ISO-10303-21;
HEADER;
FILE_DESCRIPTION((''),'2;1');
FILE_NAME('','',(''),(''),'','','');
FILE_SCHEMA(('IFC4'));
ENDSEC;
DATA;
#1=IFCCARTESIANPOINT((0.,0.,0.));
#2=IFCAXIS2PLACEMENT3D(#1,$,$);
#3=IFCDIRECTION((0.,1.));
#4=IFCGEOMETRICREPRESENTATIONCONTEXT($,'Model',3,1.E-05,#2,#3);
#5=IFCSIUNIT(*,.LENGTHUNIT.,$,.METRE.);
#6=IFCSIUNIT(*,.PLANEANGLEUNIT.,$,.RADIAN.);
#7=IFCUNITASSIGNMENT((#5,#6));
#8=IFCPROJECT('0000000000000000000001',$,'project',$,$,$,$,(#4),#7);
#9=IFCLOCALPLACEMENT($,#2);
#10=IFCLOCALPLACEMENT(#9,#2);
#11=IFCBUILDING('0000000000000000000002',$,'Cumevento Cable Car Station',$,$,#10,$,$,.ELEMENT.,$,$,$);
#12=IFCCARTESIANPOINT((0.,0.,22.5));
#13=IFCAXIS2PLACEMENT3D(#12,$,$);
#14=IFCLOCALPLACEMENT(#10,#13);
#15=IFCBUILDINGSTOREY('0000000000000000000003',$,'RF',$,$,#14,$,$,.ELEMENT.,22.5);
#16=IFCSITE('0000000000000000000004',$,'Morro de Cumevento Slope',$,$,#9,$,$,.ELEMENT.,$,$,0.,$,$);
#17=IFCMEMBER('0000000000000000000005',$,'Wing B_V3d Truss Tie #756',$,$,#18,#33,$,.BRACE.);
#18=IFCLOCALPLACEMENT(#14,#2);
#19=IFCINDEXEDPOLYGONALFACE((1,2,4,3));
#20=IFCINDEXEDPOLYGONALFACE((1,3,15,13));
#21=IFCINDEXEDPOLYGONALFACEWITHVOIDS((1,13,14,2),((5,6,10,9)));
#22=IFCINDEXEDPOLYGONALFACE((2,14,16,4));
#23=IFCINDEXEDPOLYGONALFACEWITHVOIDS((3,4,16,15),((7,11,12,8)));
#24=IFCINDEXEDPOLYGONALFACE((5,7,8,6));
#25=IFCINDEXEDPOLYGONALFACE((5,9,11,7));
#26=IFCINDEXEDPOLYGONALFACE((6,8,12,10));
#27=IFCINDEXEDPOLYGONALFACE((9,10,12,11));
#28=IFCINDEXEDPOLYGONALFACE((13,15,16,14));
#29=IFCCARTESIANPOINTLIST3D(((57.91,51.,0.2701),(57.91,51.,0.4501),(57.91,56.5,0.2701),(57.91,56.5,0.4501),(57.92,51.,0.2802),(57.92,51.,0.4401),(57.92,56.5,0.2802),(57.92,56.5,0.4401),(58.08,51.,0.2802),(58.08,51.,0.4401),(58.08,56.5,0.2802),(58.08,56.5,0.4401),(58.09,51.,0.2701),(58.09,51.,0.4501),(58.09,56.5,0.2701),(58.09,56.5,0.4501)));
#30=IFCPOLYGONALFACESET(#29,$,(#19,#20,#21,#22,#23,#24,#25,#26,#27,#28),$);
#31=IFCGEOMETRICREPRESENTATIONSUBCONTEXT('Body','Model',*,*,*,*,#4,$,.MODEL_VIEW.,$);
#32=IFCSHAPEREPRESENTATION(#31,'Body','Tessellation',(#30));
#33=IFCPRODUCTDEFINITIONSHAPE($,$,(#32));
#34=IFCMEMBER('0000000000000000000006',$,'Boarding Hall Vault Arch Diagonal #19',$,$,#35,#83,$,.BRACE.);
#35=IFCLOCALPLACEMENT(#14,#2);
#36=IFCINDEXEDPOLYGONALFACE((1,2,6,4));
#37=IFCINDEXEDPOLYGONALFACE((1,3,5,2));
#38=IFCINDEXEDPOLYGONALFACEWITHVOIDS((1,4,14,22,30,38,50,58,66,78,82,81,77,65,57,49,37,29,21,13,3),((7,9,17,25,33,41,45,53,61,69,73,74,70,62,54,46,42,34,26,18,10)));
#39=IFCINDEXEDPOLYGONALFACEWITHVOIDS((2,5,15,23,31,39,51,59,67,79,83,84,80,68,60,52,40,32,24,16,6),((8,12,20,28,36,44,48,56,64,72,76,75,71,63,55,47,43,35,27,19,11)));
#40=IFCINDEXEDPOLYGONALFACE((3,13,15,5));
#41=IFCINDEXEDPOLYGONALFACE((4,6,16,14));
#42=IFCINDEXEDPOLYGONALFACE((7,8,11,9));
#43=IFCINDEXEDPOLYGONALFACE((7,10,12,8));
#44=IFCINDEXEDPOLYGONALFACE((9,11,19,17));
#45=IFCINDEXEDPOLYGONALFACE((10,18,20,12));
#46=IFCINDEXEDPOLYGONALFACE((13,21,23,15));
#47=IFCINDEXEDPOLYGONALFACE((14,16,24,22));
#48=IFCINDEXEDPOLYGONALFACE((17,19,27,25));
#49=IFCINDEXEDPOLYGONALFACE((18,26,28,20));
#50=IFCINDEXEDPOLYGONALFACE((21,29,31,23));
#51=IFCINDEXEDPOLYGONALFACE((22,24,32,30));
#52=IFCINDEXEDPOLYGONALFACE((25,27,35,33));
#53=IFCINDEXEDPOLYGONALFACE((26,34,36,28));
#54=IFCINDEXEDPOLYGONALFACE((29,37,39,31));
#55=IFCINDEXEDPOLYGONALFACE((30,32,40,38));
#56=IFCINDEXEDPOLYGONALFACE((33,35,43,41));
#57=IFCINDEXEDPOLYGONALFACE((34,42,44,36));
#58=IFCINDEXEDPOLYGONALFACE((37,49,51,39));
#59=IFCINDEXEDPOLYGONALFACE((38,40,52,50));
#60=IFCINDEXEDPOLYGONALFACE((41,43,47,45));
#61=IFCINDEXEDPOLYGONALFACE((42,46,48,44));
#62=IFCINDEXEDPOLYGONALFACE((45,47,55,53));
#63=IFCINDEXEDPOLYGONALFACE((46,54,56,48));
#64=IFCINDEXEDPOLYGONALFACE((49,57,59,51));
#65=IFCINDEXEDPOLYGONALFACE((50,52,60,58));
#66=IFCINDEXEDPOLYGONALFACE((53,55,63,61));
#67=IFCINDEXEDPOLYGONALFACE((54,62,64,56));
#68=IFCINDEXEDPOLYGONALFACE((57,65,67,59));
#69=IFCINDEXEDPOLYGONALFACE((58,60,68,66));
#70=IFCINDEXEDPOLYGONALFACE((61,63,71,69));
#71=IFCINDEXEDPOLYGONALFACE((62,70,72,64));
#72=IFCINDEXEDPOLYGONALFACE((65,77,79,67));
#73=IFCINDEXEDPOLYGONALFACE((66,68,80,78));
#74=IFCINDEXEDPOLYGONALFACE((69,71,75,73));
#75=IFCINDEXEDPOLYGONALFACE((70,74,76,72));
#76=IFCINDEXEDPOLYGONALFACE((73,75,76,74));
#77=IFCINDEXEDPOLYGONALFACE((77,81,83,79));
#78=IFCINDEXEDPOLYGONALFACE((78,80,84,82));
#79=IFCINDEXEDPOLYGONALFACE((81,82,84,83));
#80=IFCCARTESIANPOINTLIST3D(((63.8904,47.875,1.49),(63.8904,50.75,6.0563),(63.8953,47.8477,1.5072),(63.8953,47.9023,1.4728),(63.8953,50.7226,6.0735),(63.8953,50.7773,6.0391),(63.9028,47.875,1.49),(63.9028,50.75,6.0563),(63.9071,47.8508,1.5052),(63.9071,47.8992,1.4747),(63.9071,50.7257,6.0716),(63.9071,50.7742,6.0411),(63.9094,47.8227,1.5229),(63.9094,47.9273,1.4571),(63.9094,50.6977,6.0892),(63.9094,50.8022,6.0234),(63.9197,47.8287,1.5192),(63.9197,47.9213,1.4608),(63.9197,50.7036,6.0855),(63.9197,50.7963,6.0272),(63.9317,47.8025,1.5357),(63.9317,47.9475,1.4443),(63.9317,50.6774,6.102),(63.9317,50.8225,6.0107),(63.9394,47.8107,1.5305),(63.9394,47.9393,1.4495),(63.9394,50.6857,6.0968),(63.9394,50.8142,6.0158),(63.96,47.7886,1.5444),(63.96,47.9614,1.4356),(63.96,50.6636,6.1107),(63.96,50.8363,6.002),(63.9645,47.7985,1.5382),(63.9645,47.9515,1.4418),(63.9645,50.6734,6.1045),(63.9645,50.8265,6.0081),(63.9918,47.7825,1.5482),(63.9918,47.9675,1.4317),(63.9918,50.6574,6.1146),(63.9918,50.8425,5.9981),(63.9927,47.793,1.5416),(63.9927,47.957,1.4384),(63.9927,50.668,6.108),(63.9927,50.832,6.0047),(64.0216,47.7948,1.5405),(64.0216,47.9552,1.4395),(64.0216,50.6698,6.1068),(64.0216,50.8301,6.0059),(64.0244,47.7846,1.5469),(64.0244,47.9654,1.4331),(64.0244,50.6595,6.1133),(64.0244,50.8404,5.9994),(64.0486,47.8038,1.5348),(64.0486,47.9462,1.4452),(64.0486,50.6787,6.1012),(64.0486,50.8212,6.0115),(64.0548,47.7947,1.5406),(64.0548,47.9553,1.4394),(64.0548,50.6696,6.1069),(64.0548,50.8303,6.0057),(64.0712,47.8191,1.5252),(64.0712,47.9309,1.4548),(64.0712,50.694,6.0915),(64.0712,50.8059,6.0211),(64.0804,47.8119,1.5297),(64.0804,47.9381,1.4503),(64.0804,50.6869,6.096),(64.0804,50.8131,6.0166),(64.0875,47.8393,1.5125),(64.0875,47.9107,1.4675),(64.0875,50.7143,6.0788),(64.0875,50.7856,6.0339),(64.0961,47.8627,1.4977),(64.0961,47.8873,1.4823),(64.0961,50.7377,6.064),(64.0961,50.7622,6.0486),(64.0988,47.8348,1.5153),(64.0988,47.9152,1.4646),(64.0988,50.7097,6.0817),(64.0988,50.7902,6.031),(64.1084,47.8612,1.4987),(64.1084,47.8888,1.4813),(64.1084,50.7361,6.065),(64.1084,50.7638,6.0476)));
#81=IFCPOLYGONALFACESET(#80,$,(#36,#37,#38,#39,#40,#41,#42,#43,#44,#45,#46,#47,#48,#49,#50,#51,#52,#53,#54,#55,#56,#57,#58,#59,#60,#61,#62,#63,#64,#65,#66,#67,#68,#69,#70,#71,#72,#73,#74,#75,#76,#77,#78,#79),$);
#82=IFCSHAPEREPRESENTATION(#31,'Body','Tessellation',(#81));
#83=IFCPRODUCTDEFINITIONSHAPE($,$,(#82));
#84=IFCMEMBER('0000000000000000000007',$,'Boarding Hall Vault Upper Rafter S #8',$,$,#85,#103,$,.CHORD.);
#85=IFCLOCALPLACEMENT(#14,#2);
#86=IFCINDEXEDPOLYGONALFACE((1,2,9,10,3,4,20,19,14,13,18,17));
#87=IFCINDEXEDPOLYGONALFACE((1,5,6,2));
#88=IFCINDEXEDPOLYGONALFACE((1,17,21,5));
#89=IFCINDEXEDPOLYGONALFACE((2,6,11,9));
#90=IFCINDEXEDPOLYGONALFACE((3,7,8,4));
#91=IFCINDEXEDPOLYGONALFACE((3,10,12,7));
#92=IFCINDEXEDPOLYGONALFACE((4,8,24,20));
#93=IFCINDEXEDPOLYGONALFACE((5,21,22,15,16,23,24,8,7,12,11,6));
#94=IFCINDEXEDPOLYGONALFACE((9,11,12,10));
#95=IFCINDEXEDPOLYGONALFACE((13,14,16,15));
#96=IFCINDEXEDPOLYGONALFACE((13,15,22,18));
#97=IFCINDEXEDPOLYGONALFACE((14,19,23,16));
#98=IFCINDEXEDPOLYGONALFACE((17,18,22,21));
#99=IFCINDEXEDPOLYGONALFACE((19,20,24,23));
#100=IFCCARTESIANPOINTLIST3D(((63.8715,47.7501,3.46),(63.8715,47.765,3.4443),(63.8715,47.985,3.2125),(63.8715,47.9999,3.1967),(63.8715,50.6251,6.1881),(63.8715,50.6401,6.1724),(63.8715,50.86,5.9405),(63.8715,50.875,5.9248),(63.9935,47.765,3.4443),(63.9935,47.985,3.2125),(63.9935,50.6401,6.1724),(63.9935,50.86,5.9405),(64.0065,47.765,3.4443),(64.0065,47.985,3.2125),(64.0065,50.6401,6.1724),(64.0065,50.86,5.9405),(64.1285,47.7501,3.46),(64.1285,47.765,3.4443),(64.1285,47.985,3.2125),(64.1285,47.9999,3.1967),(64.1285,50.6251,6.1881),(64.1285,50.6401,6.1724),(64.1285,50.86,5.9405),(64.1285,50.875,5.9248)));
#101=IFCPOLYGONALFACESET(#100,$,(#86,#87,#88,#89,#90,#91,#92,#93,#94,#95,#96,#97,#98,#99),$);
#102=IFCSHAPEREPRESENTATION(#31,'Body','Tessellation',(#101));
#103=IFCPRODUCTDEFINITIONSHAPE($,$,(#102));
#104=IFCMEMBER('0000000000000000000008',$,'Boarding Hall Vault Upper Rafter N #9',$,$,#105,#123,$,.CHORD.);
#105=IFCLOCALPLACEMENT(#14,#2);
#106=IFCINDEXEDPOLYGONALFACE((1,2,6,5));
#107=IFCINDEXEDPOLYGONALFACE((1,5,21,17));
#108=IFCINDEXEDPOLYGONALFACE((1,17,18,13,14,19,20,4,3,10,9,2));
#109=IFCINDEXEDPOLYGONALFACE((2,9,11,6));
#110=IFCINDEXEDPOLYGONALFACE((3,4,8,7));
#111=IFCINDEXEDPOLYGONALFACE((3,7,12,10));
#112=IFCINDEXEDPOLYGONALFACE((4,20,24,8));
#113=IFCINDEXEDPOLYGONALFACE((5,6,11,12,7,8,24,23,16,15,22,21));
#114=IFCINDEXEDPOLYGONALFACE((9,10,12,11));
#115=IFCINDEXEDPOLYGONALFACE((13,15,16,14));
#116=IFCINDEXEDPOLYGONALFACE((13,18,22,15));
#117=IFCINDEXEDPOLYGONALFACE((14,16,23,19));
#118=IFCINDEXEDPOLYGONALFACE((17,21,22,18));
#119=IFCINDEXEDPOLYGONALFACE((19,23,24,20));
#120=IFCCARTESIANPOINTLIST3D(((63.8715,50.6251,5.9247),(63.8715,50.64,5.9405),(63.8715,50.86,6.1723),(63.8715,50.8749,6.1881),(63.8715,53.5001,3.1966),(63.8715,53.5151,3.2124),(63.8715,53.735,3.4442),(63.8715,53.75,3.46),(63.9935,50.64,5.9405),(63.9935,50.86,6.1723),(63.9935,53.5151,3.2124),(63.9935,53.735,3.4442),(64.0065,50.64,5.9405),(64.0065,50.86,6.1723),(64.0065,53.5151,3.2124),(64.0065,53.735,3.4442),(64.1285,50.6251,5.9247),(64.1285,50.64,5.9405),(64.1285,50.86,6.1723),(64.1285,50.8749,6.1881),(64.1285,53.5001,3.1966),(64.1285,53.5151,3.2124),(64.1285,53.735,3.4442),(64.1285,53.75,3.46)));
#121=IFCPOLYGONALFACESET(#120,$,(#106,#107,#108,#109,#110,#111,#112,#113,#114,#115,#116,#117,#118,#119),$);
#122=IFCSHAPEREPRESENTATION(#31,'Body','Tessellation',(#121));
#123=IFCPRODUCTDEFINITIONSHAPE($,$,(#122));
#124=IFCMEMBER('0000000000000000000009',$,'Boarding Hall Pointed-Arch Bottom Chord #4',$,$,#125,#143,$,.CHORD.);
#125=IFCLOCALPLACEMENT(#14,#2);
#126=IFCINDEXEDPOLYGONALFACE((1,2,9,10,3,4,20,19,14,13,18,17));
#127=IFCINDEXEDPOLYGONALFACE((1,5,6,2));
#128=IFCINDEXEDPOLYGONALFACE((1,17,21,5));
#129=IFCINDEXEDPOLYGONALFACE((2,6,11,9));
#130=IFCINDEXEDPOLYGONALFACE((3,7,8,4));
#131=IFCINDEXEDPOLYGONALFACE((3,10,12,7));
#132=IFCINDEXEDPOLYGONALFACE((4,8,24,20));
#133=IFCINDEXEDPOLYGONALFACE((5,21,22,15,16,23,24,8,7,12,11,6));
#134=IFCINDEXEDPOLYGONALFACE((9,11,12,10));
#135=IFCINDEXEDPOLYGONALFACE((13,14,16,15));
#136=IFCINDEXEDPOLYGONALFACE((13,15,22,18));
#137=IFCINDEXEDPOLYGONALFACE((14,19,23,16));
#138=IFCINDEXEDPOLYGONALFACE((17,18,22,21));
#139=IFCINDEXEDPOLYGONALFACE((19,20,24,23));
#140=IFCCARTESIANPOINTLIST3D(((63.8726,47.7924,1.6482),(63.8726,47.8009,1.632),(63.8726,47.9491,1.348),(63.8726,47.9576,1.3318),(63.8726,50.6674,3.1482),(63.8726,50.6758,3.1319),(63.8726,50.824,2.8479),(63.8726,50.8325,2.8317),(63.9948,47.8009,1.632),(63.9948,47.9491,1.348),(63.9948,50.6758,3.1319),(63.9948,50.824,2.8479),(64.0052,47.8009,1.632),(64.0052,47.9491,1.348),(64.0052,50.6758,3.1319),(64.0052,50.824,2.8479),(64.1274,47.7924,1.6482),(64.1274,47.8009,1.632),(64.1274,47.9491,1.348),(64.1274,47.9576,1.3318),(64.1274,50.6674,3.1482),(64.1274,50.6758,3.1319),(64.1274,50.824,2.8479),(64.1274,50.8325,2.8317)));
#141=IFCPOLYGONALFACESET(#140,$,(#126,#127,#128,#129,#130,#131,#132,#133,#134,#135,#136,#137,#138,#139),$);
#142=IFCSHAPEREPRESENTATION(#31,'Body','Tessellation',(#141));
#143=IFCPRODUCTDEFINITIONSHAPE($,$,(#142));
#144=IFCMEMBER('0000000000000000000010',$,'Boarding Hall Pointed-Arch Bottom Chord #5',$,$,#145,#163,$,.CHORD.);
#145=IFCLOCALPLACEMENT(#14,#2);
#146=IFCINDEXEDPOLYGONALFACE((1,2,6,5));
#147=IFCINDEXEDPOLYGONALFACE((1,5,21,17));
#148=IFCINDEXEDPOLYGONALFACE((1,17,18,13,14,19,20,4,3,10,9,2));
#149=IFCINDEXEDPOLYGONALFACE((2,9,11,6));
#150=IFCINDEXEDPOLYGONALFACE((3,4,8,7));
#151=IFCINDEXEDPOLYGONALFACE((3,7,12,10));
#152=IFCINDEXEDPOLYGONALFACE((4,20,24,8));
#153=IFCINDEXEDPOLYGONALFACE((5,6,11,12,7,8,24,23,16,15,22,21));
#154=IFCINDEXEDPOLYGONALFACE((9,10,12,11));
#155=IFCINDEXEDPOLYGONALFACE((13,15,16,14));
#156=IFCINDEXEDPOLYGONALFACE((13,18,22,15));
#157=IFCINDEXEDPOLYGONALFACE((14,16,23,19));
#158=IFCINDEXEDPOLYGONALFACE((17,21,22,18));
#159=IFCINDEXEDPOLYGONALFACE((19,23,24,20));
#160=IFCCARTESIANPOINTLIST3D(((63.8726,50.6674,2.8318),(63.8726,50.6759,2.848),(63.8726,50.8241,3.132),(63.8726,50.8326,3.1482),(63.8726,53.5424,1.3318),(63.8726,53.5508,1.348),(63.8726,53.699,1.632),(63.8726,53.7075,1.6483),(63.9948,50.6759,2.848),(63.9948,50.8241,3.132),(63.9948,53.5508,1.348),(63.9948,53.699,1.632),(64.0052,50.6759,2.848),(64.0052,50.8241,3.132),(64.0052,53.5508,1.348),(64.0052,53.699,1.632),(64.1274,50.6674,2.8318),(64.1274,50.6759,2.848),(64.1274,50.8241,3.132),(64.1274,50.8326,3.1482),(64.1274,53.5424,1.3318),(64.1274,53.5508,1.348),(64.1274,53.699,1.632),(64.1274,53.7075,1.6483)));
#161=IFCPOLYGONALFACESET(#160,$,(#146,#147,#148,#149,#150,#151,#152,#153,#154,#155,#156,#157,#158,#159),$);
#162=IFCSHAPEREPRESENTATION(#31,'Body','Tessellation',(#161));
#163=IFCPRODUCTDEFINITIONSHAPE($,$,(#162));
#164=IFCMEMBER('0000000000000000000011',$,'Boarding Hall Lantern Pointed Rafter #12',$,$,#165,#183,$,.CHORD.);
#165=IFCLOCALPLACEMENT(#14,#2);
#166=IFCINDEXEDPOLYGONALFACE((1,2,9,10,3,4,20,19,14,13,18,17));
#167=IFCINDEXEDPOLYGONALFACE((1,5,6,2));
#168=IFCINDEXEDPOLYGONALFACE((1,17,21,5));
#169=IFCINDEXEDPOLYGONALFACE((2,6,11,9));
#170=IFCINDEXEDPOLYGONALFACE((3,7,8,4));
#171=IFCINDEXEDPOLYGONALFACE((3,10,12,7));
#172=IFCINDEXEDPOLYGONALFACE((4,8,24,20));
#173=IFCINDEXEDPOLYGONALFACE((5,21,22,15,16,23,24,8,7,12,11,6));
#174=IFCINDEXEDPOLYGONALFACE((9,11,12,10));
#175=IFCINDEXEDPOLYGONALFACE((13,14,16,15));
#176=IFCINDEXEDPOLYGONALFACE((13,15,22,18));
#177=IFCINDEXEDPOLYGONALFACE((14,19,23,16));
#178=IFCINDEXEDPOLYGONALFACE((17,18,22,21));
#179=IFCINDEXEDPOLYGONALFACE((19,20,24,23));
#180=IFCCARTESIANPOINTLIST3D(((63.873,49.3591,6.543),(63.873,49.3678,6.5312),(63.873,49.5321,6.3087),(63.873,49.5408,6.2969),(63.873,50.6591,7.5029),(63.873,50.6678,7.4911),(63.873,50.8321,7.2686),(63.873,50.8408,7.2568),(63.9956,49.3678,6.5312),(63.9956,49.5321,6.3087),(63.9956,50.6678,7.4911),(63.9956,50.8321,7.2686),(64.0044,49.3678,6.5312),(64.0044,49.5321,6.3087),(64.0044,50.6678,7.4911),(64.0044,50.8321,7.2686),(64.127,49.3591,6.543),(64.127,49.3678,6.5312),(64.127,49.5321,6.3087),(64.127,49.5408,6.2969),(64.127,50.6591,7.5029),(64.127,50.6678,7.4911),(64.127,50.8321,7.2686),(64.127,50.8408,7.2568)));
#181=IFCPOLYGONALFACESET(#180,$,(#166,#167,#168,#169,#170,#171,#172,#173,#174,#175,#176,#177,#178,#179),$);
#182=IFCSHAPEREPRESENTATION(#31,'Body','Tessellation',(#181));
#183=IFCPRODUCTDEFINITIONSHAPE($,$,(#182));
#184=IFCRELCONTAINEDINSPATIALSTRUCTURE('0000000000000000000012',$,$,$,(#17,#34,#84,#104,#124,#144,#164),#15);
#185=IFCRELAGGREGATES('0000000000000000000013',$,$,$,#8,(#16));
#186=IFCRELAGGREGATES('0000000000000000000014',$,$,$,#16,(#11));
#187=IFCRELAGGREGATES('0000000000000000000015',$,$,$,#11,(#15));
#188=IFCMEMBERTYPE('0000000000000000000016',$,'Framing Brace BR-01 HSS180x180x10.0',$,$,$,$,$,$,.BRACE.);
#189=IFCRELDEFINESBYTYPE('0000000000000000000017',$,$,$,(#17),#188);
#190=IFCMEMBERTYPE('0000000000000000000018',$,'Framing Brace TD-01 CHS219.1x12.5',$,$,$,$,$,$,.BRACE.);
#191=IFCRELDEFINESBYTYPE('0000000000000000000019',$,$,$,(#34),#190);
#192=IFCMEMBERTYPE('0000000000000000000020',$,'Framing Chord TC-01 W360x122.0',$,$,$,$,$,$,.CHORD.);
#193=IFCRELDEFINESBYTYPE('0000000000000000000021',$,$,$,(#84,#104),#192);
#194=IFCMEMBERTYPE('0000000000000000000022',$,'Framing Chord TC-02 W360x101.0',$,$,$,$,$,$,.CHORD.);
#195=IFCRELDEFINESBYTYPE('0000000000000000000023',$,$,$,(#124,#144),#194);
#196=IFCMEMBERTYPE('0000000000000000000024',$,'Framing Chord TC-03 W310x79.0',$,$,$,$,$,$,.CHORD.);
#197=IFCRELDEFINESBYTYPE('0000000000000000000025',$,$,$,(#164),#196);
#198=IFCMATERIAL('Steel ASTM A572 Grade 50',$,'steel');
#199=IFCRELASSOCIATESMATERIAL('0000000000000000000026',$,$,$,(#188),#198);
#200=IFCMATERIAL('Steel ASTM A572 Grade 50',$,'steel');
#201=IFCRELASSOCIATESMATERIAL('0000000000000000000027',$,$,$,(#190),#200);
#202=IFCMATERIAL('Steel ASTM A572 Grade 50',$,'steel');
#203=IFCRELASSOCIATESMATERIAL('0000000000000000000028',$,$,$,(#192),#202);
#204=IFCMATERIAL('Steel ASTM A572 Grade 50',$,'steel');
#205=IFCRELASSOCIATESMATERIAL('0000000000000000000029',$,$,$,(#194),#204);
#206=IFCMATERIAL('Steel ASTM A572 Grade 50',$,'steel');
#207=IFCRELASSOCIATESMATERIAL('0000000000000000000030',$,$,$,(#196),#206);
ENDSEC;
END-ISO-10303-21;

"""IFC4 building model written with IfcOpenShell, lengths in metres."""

from ifc_helpers import new_model, si_unit, direction, frame, origin, origin_2d, place, context, subcontext, project, spatial, hollow_rectangle, hollow_circle, i_section, extrude, material, material_profile, profile_set, type_object, element, save


model = new_model("IFC4")

# Units and contexts
model_context = context("Model", 3, precision=1e-05, world=origin(), true_north=direction((0.0, 1.0)))
body_context = subcontext(model_context, "Body", "Model", "MODEL_VIEW")
ifc_project = project(units=[si_unit("LENGTHUNIT", "METRE"), si_unit("PLANEANGLEUNIT", "RADIAN")], contexts=[model_context])

# Site, building, storey
site_placement = place(None, origin())
site = spatial("IfcSite", under=ifc_project, at=site_placement, Name="Morro de Cumevento Slope", CompositionType="ELEMENT", RefElevation=0.0)
building_placement = place(site_placement, origin())
building = spatial("IfcBuilding", under=site, at=building_placement, Name="Cumevento Cable Car Station", CompositionType="ELEMENT")
storey_placement = place(building_placement, frame((0.0, 0.0, 22.5)))
storey = spatial("IfcBuildingStorey", under=building, at=storey_placement, Name="RF", CompositionType="ELEMENT", Elevation=22.5)

# Members
ifc_material_1 = material(Name="Steel ASTM A572 Grade 50", Category="steel")
ifc_material_profile_1 = material_profile(ifc_material_1, hollow_rectangle(XDim=0.1799, YDim=0.1799, WallThickness=0.01, at=origin_2d()), Name="HSS180x180x10.0")
ifc_profile_set_1 = profile_set([ifc_material_profile_1], Name="Steel ASTM A572 Grade 50")
member_type_1 = type_object("IfcMemberType", Name="Framing Brace BR-01 HSS180x180x10.0", PredefinedType="BRACE", material=ifc_profile_set_1)
member_1_placement = place(storey_placement, frame((58.0, 51.0, 0.3601), z_axis=(0.0, 1.0, 0.0), x_axis=(-1.0, 0.0, 0.0)))
element("IfcMember", 1, at=member_1_placement, inside=storey, type_object=member_type_1, Name="Wing B_V3d Truss Tie #756", PredefinedType="BRACE", context=body_context, shape_type="SweptSolid", body=[
    extrude(hollow_rectangle(XDim=0.1799, YDim=0.1799, WallThickness=0.01, at=origin_2d()), origin(), (0.0, 0.0, 1.0), 5.5),
])
ifc_material_2 = material(Name="Steel ASTM A572 Grade 50", Category="steel")
ifc_material_profile_2 = material_profile(ifc_material_2, hollow_circle(Radius=0.1096, WallThickness=0.0125, at=origin_2d()), Name="CHS219.1x12.5")
ifc_profile_set_2 = profile_set([ifc_material_profile_2], Name="Steel ASTM A572 Grade 50")
member_type_2 = type_object("IfcMemberType", Name="Framing Brace TD-01 CHS219.1x12.5", PredefinedType="BRACE", material=ifc_profile_set_2)
member_2_placement = place(storey_placement, frame((64.0, 47.875, 1.49), z_axis=(0.0, 0.532794, 0.846245), x_axis=(-1.0, 0.0, 0.0)))
element("IfcMember", 2, at=member_2_placement, inside=storey, type_object=member_type_2, Name="Boarding Hall Vault Arch Diagonal #19", PredefinedType="BRACE", context=body_context, shape_type="SweptSolid", body=[
    extrude(hollow_circle(Radius=0.1096, WallThickness=0.0125, at=origin_2d()), origin(), (0.0, 0.0, 1.0), 5.396),
])
ifc_material_3 = material(Name="Steel ASTM A572 Grade 50", Category="steel")
ifc_material_profile_3 = material_profile(ifc_material_3, i_section(OverallWidth=0.2571, OverallDepth=0.363, WebThickness=0.0129, FlangeThickness=0.0217, at=origin_2d()), Name="W360x122.0")
ifc_profile_set_3 = profile_set([ifc_material_profile_3], Name="Steel ASTM A572 Grade 50")
member_type_3 = type_object("IfcMemberType", Name="Framing Chord TC-01 W360x122.0", PredefinedType="CHORD", material=ifc_profile_set_3)
for number, where, z_axis, x_axis, name in (
    (3, (64.0, 47.875, 3.3284), (0.0, 0.725405, 0.688322), (-1.0, 0.0, 0.0), "Boarding Hall Vault Upper Rafter S #8"),
    (4, (64.0, 50.75, 6.0564), (0.0, 0.725405, -0.688322), (-1.0, 0.0, 0.0), "Boarding Hall Vault Upper Rafter N #9"),
):
    element("IfcMember", number, at=place(storey_placement, frame(where, z_axis=z_axis, x_axis=x_axis)), inside=storey, type_object=member_type_3, Name=name, PredefinedType="CHORD", context=body_context, shape_type="SweptSolid", body=[
        extrude(i_section(OverallWidth=0.2571, OverallDepth=0.363, WebThickness=0.0129, FlangeThickness=0.0217, at=origin_2d()), origin(), (0.0, 0.0, 1.0), 3.9634),
    ])
ifc_material_4 = material(Name="Steel ASTM A572 Grade 50", Category="steel")
ifc_material_profile_4 = material_profile(ifc_material_4, i_section(OverallWidth=0.2549, OverallDepth=0.3569, WebThickness=0.0105, FlangeThickness=0.0183, at=origin_2d()), Name="W360x101.0")
ifc_profile_set_4 = profile_set([ifc_material_profile_4], Name="Steel ASTM A572 Grade 50")
member_type_4 = type_object("IfcMemberType", Name="Framing Chord TC-02 W360x101.0", PredefinedType="CHORD", material=ifc_profile_set_4)
for number, where, z_axis, x_axis, name in (
    (5, (64.0, 47.875, 1.49), (0.0, 0.886585, 0.462566), (-1.0, 0.0, 0.0), "Boarding Hall Pointed-Arch Bottom Chord #4"),
    (6, (64.0, 50.75, 2.99), (0.0, 0.886585, -0.462566), (-1.0, 0.0, 0.0), "Boarding Hall Pointed-Arch Bottom Chord #5"),
):
    element("IfcMember", number, at=place(storey_placement, frame(where, z_axis=z_axis, x_axis=x_axis)), inside=storey, type_object=member_type_4, Name=name, PredefinedType="CHORD", context=body_context, shape_type="SweptSolid", body=[
        extrude(i_section(OverallWidth=0.2549, OverallDepth=0.3569, WebThickness=0.0105, FlangeThickness=0.0183, at=origin_2d()), origin(), (0.0, 0.0, 1.0), 3.2427),
    ])
ifc_material_5 = material(Name="Steel ASTM A572 Grade 50", Category="steel")
ifc_material_profile_5 = material_profile(ifc_material_5, i_section(OverallWidth=0.2539, OverallDepth=0.3059, WebThickness=0.0088, FlangeThickness=0.0146, at=origin_2d()), Name="W310x79.0")
ifc_profile_set_5 = profile_set([ifc_material_profile_5], Name="Steel ASTM A572 Grade 50")
member_type_5 = type_object("IfcMemberType", Name="Framing Chord TC-03 W310x79.0", PredefinedType="CHORD", material=ifc_profile_set_5)
member_3_placement = place(storey_placement, frame((64.0, 49.45, 6.4199), z_axis=(0.0, 0.804455, 0.594013), x_axis=(-1.0, 0.0, 0.0)))
element("IfcMember", 7, at=member_3_placement, inside=storey, type_object=member_type_5, Name="Boarding Hall Lantern Pointed Rafter #12", PredefinedType="CHORD", context=body_context, shape_type="SweptSolid", body=[
    extrude(i_section(OverallWidth=0.2539, OverallDepth=0.3059, WebThickness=0.0088, FlangeThickness=0.0146, at=origin_2d()), origin(), (0.0, 0.0, 1.0), 1.616),
])

save(model, "model.ifc")
